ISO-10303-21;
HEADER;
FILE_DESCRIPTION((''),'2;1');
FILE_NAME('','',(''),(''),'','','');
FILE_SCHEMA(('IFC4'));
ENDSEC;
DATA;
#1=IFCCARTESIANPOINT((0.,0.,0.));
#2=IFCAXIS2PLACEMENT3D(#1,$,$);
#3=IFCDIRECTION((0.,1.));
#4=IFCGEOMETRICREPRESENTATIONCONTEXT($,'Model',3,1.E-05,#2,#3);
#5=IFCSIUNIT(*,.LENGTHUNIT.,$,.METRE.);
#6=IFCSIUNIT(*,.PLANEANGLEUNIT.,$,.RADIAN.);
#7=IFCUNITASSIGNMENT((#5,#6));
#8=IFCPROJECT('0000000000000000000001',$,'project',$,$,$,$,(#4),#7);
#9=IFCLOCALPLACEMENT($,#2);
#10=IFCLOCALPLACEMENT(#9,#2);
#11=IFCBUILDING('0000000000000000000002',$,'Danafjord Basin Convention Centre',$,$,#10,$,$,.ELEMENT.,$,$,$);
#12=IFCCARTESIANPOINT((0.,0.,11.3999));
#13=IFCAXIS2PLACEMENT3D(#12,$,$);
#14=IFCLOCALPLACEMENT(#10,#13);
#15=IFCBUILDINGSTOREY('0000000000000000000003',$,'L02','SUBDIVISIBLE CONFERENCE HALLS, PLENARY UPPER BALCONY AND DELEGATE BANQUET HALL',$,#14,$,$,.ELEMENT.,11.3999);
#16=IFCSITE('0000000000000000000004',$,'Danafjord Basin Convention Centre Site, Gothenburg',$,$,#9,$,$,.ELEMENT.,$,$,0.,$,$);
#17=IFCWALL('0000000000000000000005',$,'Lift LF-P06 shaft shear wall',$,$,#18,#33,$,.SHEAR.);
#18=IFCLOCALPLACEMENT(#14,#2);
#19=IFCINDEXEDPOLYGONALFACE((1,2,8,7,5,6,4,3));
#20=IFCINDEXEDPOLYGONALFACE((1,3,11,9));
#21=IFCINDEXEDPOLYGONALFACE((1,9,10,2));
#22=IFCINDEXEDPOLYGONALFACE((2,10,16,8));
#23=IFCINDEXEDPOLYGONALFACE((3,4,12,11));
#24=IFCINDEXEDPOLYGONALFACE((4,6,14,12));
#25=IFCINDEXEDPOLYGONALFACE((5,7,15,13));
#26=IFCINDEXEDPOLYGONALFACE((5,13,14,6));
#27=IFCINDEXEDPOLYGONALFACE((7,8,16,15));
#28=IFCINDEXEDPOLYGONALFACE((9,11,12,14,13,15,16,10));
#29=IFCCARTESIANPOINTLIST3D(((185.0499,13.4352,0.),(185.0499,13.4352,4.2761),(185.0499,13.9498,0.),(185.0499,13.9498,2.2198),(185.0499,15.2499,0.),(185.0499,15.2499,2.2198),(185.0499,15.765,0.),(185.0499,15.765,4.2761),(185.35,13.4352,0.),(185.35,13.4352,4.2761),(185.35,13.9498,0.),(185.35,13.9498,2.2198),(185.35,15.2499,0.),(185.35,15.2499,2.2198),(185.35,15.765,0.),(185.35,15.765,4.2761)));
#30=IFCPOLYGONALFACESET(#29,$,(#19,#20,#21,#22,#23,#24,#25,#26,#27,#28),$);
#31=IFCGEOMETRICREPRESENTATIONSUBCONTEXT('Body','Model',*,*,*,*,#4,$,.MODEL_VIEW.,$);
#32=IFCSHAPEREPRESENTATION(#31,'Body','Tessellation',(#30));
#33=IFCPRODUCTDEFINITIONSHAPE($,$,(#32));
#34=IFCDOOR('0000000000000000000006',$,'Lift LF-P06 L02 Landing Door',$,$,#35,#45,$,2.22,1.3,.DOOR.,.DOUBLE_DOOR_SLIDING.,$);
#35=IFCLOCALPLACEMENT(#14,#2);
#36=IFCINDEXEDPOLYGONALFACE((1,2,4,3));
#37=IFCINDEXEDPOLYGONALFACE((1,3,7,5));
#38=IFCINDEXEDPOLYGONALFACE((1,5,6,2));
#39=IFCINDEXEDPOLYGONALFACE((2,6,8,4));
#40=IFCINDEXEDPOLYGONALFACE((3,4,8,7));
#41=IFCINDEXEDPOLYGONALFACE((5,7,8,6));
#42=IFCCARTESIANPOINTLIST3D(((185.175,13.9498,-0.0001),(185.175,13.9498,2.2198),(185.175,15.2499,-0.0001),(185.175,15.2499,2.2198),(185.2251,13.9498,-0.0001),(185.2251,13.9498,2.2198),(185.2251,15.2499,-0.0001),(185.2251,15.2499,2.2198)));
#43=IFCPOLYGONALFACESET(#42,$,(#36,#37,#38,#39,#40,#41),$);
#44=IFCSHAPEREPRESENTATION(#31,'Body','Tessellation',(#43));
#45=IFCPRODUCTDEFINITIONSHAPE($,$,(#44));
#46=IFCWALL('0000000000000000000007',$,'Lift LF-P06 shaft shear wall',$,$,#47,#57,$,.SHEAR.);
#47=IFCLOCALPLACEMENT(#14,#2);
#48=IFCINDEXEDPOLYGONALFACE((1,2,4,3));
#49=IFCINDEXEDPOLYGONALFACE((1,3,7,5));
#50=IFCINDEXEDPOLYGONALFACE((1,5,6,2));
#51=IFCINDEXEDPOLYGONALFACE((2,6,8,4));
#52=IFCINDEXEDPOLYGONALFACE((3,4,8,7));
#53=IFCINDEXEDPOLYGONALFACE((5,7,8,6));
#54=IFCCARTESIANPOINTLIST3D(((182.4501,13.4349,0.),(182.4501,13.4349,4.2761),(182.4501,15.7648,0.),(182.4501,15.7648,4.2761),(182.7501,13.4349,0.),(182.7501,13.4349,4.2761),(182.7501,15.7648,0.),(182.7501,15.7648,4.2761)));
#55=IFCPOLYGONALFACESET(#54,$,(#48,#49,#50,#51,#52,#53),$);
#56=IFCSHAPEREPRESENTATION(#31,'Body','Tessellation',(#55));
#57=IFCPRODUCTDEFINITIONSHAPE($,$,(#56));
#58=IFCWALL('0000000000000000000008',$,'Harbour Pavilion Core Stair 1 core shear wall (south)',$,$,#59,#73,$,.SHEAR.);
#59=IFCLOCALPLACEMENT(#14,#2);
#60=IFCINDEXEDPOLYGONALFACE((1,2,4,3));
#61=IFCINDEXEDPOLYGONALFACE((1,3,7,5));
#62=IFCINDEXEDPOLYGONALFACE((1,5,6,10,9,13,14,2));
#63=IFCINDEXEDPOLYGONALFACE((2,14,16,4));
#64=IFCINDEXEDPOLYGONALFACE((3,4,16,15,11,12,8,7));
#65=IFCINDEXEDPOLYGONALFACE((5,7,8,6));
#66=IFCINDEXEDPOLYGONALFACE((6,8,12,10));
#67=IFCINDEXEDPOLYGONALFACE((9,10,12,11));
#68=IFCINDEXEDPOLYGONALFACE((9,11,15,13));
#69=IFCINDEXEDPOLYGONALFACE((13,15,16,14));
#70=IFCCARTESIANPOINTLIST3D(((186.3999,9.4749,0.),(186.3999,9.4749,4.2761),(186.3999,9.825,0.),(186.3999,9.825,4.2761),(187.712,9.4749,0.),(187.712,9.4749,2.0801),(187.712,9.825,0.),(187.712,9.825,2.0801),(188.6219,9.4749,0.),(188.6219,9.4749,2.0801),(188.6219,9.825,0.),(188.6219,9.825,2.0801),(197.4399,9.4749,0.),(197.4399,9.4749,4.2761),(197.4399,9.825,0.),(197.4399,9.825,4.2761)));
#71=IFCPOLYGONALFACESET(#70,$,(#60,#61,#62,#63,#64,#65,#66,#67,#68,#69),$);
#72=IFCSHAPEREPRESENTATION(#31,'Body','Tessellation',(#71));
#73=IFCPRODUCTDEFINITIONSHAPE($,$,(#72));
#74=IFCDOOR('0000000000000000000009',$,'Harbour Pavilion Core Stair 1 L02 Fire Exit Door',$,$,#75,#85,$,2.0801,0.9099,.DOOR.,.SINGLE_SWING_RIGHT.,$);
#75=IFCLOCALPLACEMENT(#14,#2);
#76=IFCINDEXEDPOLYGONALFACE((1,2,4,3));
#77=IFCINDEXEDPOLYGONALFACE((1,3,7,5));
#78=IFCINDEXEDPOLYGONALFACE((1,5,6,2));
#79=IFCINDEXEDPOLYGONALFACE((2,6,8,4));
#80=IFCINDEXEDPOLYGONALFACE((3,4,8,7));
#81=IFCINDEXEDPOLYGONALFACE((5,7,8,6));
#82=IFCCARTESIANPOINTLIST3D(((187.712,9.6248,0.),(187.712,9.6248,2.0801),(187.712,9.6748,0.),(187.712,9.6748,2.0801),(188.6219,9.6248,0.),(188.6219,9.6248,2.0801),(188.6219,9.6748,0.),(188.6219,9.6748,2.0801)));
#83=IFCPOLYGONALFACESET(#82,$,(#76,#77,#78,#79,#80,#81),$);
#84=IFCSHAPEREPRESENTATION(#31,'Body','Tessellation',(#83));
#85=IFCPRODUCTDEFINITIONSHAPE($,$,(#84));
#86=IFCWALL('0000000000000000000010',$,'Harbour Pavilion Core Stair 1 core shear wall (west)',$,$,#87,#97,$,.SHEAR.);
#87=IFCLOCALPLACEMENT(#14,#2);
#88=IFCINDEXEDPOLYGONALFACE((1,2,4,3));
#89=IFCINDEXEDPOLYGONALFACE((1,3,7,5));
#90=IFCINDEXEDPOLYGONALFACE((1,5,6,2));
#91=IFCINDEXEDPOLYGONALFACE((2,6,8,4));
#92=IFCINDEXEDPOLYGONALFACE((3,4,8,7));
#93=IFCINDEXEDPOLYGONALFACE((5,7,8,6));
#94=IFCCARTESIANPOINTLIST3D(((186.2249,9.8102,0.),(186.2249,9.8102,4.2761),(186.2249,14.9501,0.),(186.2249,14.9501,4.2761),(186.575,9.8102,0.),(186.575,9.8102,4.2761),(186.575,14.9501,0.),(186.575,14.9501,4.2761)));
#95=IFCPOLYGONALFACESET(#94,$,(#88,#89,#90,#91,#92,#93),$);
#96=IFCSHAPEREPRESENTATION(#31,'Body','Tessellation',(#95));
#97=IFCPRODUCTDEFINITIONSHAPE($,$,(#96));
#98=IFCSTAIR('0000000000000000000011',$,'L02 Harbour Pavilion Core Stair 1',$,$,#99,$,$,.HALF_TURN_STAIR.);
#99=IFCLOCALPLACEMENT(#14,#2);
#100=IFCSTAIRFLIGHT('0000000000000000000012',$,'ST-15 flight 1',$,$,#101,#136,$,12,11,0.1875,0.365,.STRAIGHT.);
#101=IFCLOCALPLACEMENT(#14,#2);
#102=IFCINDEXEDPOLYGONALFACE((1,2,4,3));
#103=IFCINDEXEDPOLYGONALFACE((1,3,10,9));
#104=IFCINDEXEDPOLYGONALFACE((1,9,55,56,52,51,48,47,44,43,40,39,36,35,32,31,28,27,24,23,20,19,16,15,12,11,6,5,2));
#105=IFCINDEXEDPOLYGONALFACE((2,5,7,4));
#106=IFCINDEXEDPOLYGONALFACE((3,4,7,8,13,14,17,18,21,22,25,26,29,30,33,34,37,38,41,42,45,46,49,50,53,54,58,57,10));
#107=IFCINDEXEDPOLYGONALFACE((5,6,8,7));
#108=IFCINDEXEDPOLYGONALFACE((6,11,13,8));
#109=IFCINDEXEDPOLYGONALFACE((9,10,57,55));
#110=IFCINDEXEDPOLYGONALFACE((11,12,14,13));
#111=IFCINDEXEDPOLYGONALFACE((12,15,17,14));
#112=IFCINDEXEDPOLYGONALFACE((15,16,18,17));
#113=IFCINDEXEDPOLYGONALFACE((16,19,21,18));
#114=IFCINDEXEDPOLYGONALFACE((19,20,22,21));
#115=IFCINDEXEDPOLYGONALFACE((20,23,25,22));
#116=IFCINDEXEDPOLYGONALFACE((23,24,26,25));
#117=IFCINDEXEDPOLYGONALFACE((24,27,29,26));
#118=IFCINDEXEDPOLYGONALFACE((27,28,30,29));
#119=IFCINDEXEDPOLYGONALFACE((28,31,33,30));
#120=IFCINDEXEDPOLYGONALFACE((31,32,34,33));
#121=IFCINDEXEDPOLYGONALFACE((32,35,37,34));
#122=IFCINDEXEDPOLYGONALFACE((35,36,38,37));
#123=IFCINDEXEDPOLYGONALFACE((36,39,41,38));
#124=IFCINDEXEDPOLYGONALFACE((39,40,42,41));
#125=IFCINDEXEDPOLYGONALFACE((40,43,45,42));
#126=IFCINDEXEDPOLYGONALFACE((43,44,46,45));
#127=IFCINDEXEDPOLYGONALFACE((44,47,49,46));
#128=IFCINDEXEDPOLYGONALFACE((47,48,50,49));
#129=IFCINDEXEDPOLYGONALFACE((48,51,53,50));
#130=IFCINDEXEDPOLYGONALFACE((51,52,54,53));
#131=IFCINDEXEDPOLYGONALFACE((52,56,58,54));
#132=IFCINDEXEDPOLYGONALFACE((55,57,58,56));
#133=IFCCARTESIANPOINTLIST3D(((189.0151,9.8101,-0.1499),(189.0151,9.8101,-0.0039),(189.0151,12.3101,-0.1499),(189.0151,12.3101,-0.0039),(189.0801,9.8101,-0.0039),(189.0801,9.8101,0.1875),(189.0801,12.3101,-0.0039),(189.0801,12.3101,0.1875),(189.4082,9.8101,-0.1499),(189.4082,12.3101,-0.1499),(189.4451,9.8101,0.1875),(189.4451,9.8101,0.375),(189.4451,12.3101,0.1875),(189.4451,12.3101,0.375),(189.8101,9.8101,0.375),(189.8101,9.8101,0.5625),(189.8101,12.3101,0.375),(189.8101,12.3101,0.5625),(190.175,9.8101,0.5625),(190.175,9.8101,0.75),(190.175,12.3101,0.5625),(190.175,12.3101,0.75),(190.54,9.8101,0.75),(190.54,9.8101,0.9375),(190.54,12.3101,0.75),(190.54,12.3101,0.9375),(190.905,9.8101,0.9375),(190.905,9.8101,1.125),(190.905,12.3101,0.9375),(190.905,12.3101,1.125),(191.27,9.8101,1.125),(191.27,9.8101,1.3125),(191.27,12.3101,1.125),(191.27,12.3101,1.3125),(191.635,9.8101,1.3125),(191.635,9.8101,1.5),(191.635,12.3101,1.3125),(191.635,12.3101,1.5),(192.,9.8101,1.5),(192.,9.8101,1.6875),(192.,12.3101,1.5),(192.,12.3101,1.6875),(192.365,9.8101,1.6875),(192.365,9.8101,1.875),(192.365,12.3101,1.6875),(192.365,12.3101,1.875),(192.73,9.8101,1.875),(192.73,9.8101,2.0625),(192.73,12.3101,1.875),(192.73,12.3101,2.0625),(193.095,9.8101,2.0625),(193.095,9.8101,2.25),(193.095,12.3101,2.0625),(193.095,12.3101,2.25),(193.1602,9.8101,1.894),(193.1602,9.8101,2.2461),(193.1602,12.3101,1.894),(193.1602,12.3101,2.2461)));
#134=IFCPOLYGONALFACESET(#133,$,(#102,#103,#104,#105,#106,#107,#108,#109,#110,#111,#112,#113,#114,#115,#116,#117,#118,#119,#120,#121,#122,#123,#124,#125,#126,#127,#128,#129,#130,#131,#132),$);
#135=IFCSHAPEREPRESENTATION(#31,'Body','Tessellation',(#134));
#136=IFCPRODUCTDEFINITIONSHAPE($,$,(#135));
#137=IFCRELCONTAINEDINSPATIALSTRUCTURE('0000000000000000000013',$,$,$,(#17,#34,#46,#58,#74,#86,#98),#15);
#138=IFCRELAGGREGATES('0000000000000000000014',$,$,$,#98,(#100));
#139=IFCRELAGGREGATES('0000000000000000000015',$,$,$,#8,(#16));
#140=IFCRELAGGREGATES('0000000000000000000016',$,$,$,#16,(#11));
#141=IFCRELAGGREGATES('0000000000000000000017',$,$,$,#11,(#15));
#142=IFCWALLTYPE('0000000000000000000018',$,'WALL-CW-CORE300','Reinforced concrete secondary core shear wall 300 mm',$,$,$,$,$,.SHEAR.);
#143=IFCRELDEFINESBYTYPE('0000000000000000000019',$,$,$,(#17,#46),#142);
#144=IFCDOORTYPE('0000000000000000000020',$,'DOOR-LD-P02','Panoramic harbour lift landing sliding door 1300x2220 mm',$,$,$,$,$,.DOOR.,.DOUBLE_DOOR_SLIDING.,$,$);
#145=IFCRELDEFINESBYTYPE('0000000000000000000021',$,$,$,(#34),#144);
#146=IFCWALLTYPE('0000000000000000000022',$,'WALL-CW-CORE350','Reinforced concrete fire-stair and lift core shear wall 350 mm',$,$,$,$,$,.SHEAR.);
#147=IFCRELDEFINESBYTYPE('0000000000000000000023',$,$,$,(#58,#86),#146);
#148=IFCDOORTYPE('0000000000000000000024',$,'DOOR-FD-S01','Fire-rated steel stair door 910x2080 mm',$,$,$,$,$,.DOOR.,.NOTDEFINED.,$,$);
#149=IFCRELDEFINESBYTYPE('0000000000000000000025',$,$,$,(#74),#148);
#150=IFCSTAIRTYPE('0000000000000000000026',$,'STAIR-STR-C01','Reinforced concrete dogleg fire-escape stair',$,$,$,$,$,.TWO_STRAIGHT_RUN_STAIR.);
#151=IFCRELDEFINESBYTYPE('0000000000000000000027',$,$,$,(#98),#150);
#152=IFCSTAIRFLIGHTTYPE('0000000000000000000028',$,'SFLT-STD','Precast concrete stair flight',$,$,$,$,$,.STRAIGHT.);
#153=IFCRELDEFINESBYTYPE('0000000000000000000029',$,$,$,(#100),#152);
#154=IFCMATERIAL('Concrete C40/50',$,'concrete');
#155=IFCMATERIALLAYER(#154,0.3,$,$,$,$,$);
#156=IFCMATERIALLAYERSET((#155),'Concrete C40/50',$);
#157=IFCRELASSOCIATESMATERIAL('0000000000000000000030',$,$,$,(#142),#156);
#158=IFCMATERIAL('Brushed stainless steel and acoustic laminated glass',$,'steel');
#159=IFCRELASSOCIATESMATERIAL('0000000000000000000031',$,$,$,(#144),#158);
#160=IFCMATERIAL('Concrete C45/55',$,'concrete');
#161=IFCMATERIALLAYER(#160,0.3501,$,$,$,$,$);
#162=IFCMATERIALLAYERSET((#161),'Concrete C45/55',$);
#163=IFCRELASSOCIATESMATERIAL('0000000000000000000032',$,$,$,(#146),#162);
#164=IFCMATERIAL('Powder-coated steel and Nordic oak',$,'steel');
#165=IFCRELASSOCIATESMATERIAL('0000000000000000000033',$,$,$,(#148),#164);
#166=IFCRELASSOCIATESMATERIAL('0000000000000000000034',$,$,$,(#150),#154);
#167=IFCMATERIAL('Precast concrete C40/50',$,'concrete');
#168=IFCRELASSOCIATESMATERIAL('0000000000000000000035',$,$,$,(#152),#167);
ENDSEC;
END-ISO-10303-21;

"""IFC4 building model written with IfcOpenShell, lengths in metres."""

from ifc_helpers import new_model, si_unit, direction, frame, frame_2d, origin, place, context, subcontext, project, spatial, polyline, rectangle, outline, extrude, material, layer, layer_set, type_object, element, fill, aggregate, save


model = new_model("IFC4")

# Units and contexts
model_context = context("Model", 3, precision=1e-05, world=origin(), true_north=direction((0.0, 1.0)))
body_context = subcontext(model_context, "Body", "Model", "MODEL_VIEW")
ifc_project = project(units=[si_unit("LENGTHUNIT", "METRE"), si_unit("PLANEANGLEUNIT", "RADIAN")], contexts=[model_context])

# Site, building, storey
site_placement = place(None, origin())
site = spatial("IfcSite", under=ifc_project, at=site_placement, Name="Danafjord Basin Convention Centre Site, Gothenburg", CompositionType="ELEMENT", RefElevation=0.0)
building_placement = place(site_placement, origin())
building = spatial("IfcBuilding", under=site, at=building_placement, Name="Danafjord Basin Convention Centre", CompositionType="ELEMENT")
storey_placement = place(building_placement, frame((0.0, 0.0, 11.3999)))
storey = spatial("IfcBuildingStorey", under=building, at=storey_placement, Name="L02", Description="SUBDIVISIBLE CONFERENCE HALLS, PLENARY UPPER BALCONY AND DELEGATE BANQUET HALL", CompositionType="ELEMENT", Elevation=11.3999)

# Shared definitions
ifc_material_1 = material(Name="Concrete C40/50", Category="concrete")
ifc_layer_1 = layer(ifc_material_1, 0.3)
ifc_layer_set_1 = layer_set([ifc_layer_1], Name="Concrete C40/50")
wall_type_1 = type_object("IfcWallType", Name="WALL-CW-CORE300", Description="Reinforced concrete secondary core shear wall 300 mm", PredefinedType="SHEAR", material=ifc_layer_set_1)

# Wall, opening, door
wall_1_placement = place(storey_placement, frame((185.2, 13.4351, 0.0), z_axis=(0.0, 0.0, 1.0), x_axis=(0.0, 1.0, 0.0)))
wall_1 = element("IfcWall", 1, at=wall_1_placement, inside=storey, type_object=wall_type_1, Name="Lift LF-P06 shaft shear wall", PredefinedType="SHEAR", context=body_context, shape_type="SweptSolid", body=[
    extrude(rectangle(XDim=2.3298, YDim=0.3, at=frame_2d((1.165, 0.0))), origin(), (0.0, 0.0, 1.0), 4.2761),
])
opening_1_placement = place(wall_1_placement, frame((0.5149, 0.0, 0.0)))
opening_1 = element("IfcOpeningElement", 2, at=opening_1_placement, cuts=wall_1, PredefinedType="OPENING", context=body_context, shape_type="SweptSolid", body=[
    extrude(rectangle(XDim=1.3, YDim=2.22, at=frame_2d((0.6499, 1.1099))), frame((0.0, 0.1599, 0.0), z_axis=(0.0, -1.0, 0.0), x_axis=(1.0, 0.0, 0.0)), (0.0, 0.0, 1.0), 0.3201),
])
ifc_material_2 = material(Name="Brushed stainless steel and acoustic laminated glass", Category="steel")
door_type_1 = type_object("IfcDoorType", Name="DOOR-LD-P02", Description="Panoramic harbour lift landing sliding door 1300x2220 mm", OperationType="DOUBLE_DOOR_SLIDING", PredefinedType="DOOR", material=ifc_material_2)
door_1_placement = place(opening_1_placement, origin())
door_1 = element("IfcDoor", 3, at=door_1_placement, inside=storey, type_object=door_type_1, Name="Lift LF-P06 L02 Landing Door", OperationType="DOUBLE_DOOR_SLIDING", OverallHeight=2.22, OverallWidth=1.3, PredefinedType="DOOR", context=body_context, shape_type="SweptSolid", body=[
    extrude(rectangle(XDim=1.3, YDim=2.22, at=frame_2d((0.6499, 1.1099))), frame((0.0, 0.0249, 0.0), z_axis=(0.0, -1.0, 0.0), x_axis=(1.0, 0.0, 0.0)), (0.0, 0.0, 1.0), 0.05),
])
fill(opening_1, door_1)

# Wall
wall_2_placement = place(storey_placement, frame((182.6001, 15.7649, 0.0), z_axis=(0.0, 0.0, 1.0), x_axis=(0.0, -1.0, 0.0)))
element("IfcWall", 4, at=wall_2_placement, inside=storey, type_object=wall_type_1, Name="Lift LF-P06 shaft shear wall", PredefinedType="SHEAR", context=body_context, shape_type="SweptSolid", body=[
    extrude(rectangle(XDim=2.3298, YDim=0.3, at=frame_2d((1.165, 0.0))), origin(), (0.0, 0.0, 1.0), 4.2761),
])

# Wall, opening, door
ifc_material_3 = material(Name="Concrete C45/55", Category="concrete")
ifc_layer_2 = layer(ifc_material_3, 0.3501)
ifc_layer_set_2 = layer_set([ifc_layer_2], Name="Concrete C45/55")
wall_type_2 = type_object("IfcWallType", Name="WALL-CW-CORE350", Description="Reinforced concrete fire-stair and lift core shear wall 350 mm", PredefinedType="SHEAR", material=ifc_layer_set_2)
wall_3_placement = place(storey_placement, frame((186.3999, 9.6499, 0.0), z_axis=(0.0, 0.0, 1.0), x_axis=(1.0, 0.0, 0.0)))
wall_3 = element("IfcWall", 5, at=wall_3_placement, inside=storey, type_object=wall_type_2, Name="Harbour Pavilion Core Stair 1 core shear wall (south)", PredefinedType="SHEAR", context=body_context, shape_type="SweptSolid", body=[
    extrude(rectangle(XDim=11.04, YDim=0.3501, at=frame_2d((5.52, 0.0))), origin(), (0.0, 0.0, 1.0), 4.2761),
])
opening_2_placement = place(wall_3_placement, frame((1.312, 0.0, 0.0)))
opening_2 = element("IfcOpeningElement", 6, at=opening_2_placement, cuts=wall_3, PredefinedType="OPENING", context=body_context, shape_type="SweptSolid", body=[
    extrude(rectangle(XDim=0.9099, YDim=2.0801, at=frame_2d((0.4551, 1.04))), frame((0.0, 0.1851, 0.0), z_axis=(0.0, -1.0, 0.0), x_axis=(1.0, 0.0, 0.0)), (0.0, 0.0, 1.0), 0.3701),
])
ifc_material_4 = material(Name="Powder-coated steel and Nordic oak", Category="steel")
door_type_2 = type_object("IfcDoorType", Name="DOOR-FD-S01", Description="Fire-rated steel stair door 910x2080 mm", OperationType="NOTDEFINED", PredefinedType="DOOR", material=ifc_material_4)
door_2_placement = place(opening_2_placement, origin())
door_2 = element("IfcDoor", 7, at=door_2_placement, inside=storey, type_object=door_type_2, Name="Harbour Pavilion Core Stair 1 L02 Fire Exit Door", OperationType="SINGLE_SWING_RIGHT", OverallHeight=2.0801, OverallWidth=0.9099, PredefinedType="DOOR", context=body_context, shape_type="SweptSolid", body=[
    extrude(rectangle(XDim=0.9099, YDim=2.0801, at=frame_2d((0.4551, 1.04))), frame((0.0, 0.0249, 0.0), z_axis=(0.0, -1.0, 0.0), x_axis=(1.0, 0.0, 0.0)), (0.0, 0.0, 1.0), 0.05),
])
fill(opening_2, door_2)

# Wall
wall_4_placement = place(storey_placement, frame((186.3999, 14.95, 0.0), z_axis=(0.0, 0.0, 1.0), x_axis=(0.0, -1.0, 0.0)))
element("IfcWall", 8, at=wall_4_placement, inside=storey, type_object=wall_type_2, Name="Harbour Pavilion Core Stair 1 core shear wall (west)", PredefinedType="SHEAR", context=body_context, shape_type="SweptSolid", body=[
    extrude(rectangle(XDim=5.1399, YDim=0.3501, at=frame_2d((2.5698, 0.0))), origin(), (0.0, 0.0, 1.0), 4.2761),
])

# Stair, stair flight
stair_type = type_object("IfcStairType", Name="STAIR-STR-C01", Description="Reinforced concrete dogleg fire-escape stair", PredefinedType="TWO_STRAIGHT_RUN_STAIR", material=ifc_material_1)
stair_placement = place(storey_placement, origin())
stair = element("IfcStair", 9, at=stair_placement, inside=storey, type_object=stair_type, Name="L02 Harbour Pavilion Core Stair 1", PredefinedType="HALF_TURN_STAIR")
ifc_material_5 = material(Name="Precast concrete C40/50", Category="concrete")
stair_flight_type = type_object("IfcStairFlightType", Name="SFLT-STD", Description="Precast concrete stair flight", PredefinedType="STRAIGHT", material=ifc_material_5)
stair_flight_placement = place(storey_placement, frame((189.0801, 11.0601, 0.0), z_axis=(0.0, 0.0, 1.0), x_axis=(1.0, 0.0, 0.0)))
stair_flight = element("IfcStairFlight", 10, at=stair_flight_placement, type_object=stair_flight_type, Name="ST-15 flight 1", NumberOfRisers=12, NumberOfTreads=11, PredefinedType="STRAIGHT", RiserHeight=0.1875, TreadLength=0.365, context=body_context, shape_type="SweptSolid", body=[
    extrude(outline(polyline([(-0.0649, -0.1499), (-0.0649, -0.0039), (0.0, -0.0039), (0.0, 0.1875), (0.365, 0.1875), (0.365, 0.375), (0.73, 0.375), (0.73, 0.5625), (1.095, 0.5625), (1.095, 0.75), (1.46, 0.75), (1.46, 0.9375), (1.825, 0.9375), (1.825, 1.125), (2.1899, 1.125), (2.1899, 1.3125), (2.5549, 1.3125), (2.5549, 1.5), (2.9199, 1.5), (2.9199, 1.6875), (3.2849, 1.6875), (3.2849, 1.875), (3.6499, 1.875), (3.6499, 2.0625), (4.0149, 2.0625), (4.0149, 2.25), (4.0801, 2.2461), (4.0801, 1.894), (0.3281, -0.1499), (-0.0649, -0.1499)])), frame((0.0, 1.25, 0.0), z_axis=(0.0, -1.0, 0.0), x_axis=(1.0, 0.0, 0.0)), (0.0, 0.0, 1.0), 2.5),
])
aggregate(stair, [stair_flight])

save(model, "model.ifc")
